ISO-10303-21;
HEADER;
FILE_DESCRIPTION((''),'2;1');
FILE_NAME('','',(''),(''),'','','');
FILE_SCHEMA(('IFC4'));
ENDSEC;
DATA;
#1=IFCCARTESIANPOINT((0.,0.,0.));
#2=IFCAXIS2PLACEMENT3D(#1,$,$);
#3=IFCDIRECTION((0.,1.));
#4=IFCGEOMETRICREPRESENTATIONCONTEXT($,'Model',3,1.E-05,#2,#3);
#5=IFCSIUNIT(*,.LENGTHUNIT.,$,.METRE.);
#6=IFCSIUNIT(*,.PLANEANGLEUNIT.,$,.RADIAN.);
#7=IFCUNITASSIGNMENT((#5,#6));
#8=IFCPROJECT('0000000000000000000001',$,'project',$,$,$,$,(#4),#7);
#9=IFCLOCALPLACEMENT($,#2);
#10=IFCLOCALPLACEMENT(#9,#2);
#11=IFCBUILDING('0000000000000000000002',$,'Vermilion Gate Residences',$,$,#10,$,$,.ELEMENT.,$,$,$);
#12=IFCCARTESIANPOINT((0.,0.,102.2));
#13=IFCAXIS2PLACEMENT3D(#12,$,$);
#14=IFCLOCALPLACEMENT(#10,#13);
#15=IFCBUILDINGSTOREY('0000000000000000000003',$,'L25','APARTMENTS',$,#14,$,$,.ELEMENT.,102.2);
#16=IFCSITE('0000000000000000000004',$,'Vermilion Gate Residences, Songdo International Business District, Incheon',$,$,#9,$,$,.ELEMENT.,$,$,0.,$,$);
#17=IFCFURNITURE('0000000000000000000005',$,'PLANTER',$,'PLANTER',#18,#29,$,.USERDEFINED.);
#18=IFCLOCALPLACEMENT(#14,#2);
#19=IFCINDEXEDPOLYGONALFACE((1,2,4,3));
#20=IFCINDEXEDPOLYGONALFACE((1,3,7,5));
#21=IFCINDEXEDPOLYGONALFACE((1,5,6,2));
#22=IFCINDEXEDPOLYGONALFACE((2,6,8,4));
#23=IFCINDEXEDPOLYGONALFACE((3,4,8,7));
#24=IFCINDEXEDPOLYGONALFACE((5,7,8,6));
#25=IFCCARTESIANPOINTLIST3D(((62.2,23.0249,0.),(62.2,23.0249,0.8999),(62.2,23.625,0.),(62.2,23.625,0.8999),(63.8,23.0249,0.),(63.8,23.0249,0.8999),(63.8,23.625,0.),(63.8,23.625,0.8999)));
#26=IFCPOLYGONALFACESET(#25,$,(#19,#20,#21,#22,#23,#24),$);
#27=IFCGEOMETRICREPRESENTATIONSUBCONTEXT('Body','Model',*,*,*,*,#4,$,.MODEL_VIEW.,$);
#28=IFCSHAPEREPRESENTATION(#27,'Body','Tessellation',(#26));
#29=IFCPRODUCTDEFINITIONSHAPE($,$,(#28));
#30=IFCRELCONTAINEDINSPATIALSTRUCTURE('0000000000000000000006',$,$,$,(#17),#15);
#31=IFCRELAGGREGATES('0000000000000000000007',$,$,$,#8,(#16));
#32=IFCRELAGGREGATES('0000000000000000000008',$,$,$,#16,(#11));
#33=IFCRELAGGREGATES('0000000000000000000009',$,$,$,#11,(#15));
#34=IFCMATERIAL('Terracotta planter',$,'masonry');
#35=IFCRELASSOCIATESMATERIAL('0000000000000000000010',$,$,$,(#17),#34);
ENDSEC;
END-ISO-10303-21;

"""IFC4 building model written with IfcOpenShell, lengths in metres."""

from ifc_helpers import new_model, si_unit, direction, frame, origin, origin_2d, place, context, subcontext, project, spatial, rectangle, extrude, material, element, save


model = new_model("IFC4")

# Units and contexts
model_context = context("Model", 3, precision=1e-05, world=origin(), true_north=direction((0.0, 1.0)))
body_context = subcontext(model_context, "Body", "Model", "MODEL_VIEW")
ifc_project = project(units=[si_unit("LENGTHUNIT", "METRE"), si_unit("PLANEANGLEUNIT", "RADIAN")], contexts=[model_context])

# Site, building, storey
site_placement = place(None, origin())
site = spatial("IfcSite", under=ifc_project, at=site_placement, Name="Vermilion Gate Residences, Songdo International Business District, Incheon", CompositionType="ELEMENT", RefElevation=0.0)
building_placement = place(site_placement, origin())
building = spatial("IfcBuilding", under=site, at=building_placement, Name="Vermilion Gate Residences", CompositionType="ELEMENT")
storey_placement = place(building_placement, frame((0.0, 0.0, 102.2)))
storey = spatial("IfcBuildingStorey", under=building, at=storey_placement, Name="L25", Description="APARTMENTS", CompositionType="ELEMENT", Elevation=102.2)

# Furniture
ifc_material_1 = material(Name="Terracotta planter", Category="masonry")
furniture_placement = place(storey_placement, frame((63.0, 23.325, 0.0), z_axis=(0.0, 0.0, 1.0), x_axis=(-1.0, 0.0, 0.0)))
element("IfcFurniture", 1, at=furniture_placement, inside=storey, material=ifc_material_1, Name="PLANTER", ObjectType="PLANTER", PredefinedType="USERDEFINED", context=body_context, shape_type="SweptSolid", body=[
    extrude(rectangle(XDim=1.6001, YDim=0.6001, at=origin_2d()), origin(), (0.0, 0.0, 1.0), 0.8999),
])

save(model, "model.ifc")
